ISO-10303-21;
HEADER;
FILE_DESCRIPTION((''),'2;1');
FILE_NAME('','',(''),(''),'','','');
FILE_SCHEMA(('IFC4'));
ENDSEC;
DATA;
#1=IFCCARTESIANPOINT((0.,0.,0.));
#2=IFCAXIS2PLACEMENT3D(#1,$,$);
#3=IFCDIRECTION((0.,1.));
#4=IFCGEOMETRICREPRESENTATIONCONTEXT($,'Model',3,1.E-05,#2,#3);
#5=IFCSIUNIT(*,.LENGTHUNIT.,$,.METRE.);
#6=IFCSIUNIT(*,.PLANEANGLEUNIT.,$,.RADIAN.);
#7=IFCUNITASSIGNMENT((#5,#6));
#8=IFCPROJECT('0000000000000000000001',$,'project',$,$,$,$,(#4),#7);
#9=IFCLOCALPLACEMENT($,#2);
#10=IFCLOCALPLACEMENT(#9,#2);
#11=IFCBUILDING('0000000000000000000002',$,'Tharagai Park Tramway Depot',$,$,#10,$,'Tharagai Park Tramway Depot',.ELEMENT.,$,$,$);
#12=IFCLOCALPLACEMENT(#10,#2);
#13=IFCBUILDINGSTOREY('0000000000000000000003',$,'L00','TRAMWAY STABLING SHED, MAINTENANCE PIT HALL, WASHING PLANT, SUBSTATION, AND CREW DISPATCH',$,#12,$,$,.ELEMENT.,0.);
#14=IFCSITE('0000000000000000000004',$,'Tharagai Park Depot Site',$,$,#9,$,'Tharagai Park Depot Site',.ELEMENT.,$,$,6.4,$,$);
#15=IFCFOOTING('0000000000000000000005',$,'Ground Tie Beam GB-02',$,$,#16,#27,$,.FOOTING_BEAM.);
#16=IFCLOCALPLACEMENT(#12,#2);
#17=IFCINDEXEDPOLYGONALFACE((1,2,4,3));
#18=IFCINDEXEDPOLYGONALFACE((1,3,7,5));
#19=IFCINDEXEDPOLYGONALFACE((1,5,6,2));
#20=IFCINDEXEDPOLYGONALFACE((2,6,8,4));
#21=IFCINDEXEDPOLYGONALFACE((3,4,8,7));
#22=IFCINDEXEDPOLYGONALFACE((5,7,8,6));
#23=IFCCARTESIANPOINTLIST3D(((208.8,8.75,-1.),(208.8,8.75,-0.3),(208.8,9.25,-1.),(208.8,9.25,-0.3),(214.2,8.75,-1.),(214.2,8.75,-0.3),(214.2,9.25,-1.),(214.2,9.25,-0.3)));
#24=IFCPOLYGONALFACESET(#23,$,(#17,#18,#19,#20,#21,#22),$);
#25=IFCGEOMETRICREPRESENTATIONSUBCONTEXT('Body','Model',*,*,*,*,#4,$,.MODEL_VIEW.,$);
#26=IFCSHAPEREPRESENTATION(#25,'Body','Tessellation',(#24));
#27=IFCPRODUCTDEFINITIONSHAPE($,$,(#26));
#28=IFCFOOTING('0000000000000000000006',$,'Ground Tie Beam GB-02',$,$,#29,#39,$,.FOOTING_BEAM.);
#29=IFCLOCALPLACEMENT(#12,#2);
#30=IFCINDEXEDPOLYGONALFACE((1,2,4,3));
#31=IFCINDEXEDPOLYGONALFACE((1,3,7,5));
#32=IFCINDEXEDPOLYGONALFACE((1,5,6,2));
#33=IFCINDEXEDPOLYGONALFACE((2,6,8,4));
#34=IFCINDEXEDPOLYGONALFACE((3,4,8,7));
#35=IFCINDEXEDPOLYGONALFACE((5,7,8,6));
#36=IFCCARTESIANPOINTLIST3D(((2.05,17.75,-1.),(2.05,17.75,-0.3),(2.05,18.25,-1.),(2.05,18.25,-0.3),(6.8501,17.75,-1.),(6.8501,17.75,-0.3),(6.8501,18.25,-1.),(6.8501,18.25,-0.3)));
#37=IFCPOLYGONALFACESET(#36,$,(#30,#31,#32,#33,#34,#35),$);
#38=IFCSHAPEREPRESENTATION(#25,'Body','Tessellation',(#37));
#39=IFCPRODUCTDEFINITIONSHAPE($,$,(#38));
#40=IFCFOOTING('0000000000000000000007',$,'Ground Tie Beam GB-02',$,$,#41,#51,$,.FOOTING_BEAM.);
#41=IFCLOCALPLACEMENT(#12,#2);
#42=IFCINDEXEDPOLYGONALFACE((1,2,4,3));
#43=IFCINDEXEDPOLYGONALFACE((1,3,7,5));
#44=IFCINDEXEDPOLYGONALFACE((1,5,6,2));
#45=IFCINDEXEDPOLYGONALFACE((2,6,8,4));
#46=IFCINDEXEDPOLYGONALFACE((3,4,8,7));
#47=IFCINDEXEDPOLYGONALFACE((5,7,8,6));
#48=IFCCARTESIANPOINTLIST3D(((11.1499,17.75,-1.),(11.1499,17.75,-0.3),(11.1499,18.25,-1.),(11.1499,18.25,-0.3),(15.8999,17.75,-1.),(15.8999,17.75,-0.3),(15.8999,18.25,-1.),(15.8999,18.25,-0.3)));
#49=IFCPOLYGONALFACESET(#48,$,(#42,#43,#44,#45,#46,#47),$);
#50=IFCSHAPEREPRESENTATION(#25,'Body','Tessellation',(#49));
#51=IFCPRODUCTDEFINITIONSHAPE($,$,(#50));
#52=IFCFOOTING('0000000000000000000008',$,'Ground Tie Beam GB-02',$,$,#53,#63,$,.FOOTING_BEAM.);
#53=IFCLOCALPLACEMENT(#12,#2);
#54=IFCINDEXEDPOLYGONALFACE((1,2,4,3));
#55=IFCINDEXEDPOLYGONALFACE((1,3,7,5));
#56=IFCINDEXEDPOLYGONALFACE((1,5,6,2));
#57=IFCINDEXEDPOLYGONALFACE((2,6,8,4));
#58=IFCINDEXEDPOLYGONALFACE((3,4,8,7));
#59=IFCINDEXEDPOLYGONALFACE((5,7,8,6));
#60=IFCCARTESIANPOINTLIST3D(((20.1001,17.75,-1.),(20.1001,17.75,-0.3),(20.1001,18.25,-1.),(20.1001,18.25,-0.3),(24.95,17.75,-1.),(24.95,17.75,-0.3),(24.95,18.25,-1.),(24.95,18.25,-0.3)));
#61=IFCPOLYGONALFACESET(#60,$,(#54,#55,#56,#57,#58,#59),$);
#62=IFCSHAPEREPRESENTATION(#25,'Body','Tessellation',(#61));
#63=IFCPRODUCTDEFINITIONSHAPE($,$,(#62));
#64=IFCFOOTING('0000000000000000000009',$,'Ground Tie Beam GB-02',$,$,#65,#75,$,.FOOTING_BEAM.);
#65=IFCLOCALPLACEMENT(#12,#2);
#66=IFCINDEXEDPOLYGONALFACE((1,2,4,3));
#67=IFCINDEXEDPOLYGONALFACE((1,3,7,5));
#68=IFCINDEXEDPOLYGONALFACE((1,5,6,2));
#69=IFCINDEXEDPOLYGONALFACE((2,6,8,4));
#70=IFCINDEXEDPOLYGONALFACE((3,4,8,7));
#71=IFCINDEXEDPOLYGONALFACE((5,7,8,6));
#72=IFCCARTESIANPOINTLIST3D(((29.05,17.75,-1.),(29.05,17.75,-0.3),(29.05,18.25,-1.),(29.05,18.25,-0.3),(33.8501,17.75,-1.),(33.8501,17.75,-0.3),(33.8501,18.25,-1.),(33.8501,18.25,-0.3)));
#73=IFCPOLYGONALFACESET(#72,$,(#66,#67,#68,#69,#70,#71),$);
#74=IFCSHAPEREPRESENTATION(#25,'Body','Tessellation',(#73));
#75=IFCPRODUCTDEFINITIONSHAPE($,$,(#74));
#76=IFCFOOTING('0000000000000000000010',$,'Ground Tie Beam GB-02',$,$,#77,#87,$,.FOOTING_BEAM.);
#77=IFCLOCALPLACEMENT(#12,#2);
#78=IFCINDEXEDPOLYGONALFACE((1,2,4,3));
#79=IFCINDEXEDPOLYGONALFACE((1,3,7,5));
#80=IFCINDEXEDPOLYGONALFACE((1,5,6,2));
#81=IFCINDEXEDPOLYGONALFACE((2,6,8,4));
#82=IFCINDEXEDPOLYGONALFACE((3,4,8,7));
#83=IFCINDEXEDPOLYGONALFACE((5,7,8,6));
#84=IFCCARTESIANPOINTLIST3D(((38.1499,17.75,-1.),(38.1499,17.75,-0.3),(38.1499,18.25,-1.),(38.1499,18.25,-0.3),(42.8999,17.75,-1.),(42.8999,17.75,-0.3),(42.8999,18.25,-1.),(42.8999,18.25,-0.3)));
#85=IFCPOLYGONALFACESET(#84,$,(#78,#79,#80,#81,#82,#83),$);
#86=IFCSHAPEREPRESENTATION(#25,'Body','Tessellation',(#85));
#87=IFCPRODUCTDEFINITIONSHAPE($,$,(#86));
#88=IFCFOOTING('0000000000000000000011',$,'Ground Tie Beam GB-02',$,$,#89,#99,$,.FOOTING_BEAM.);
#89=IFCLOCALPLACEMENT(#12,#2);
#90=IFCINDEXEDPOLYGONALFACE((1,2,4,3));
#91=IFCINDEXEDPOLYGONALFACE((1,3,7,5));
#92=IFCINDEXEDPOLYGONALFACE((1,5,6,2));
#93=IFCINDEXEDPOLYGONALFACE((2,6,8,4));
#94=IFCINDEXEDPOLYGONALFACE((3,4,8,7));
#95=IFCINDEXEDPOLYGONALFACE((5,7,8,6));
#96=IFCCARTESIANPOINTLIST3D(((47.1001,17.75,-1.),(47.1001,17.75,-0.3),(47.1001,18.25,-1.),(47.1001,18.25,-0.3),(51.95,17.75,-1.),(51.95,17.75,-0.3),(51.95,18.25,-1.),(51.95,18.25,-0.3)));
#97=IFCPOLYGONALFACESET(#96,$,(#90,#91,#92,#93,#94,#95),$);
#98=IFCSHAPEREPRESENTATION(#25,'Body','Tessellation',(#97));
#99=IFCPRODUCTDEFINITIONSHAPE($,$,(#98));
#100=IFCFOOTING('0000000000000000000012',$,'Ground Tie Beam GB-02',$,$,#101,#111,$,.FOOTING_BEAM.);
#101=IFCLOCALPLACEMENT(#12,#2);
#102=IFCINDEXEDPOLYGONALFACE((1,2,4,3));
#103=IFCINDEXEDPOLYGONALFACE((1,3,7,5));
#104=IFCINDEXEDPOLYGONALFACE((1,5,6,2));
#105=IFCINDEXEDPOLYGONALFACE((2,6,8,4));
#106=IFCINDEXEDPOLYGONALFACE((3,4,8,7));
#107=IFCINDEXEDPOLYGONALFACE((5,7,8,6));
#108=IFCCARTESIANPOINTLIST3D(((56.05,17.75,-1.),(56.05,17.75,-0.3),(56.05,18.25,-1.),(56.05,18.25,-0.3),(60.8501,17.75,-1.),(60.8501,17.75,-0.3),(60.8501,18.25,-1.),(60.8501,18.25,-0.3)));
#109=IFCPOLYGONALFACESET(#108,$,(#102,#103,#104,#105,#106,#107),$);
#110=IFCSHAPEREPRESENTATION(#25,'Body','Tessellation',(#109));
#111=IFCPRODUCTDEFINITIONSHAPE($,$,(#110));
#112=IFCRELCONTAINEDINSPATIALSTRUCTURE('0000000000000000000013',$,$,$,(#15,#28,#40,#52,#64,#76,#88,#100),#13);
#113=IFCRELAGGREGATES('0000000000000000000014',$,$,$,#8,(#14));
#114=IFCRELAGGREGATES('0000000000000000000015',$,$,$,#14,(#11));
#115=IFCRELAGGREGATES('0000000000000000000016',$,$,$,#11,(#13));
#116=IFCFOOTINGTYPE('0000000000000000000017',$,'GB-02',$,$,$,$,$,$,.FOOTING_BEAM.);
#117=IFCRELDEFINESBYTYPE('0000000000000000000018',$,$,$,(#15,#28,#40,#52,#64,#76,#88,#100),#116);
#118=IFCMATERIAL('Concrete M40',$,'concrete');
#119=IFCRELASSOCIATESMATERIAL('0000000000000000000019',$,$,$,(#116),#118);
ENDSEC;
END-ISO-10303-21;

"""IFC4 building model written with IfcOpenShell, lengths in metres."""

from ifc_helpers import new_model, si_unit, direction, frame, origin, place, context, subcontext, project, spatial, polyline, outline, extrude, material, type_object, element, save


model = new_model("IFC4")

# Units and contexts
model_context = context("Model", 3, precision=1e-05, world=origin(), true_north=direction((0.0, 1.0)))
body_context = subcontext(model_context, "Body", "Model", "MODEL_VIEW")
ifc_project = project(units=[si_unit("LENGTHUNIT", "METRE"), si_unit("PLANEANGLEUNIT", "RADIAN")], contexts=[model_context])

# Site, building, storey
site_placement = place(None, origin())
site = spatial("IfcSite", under=ifc_project, at=site_placement, Name="Tharagai Park Depot Site", LongName="Tharagai Park Depot Site", CompositionType="ELEMENT", RefElevation=6.4)
building_placement = place(site_placement, origin())
building = spatial("IfcBuilding", under=site, at=building_placement, Name="Tharagai Park Tramway Depot", LongName="Tharagai Park Tramway Depot", CompositionType="ELEMENT")
storey_placement = place(building_placement, origin())
storey = spatial("IfcBuildingStorey", under=building, at=storey_placement, Name="L00", Description="TRAMWAY STABLING SHED, MAINTENANCE PIT HALL, WASHING PLANT, SUBSTATION, AND CREW DISPATCH", CompositionType="ELEMENT", Elevation=0.0)

# Footings
ifc_material = material(Name="Concrete M40", Category="concrete")
footing_type = type_object("IfcFootingType", Name="GB-02", PredefinedType="FOOTING_BEAM", material=ifc_material)
footing_1_placement = place(storey_placement, frame((0.0, 0.0, -1.0)))
element("IfcFooting", 1, at=footing_1_placement, inside=storey, type_object=footing_type, Name="Ground Tie Beam GB-02", PredefinedType="FOOTING_BEAM", context=body_context, shape_type="SweptSolid", body=[
    extrude(outline(polyline([(208.8, 8.75), (214.2, 8.75), (214.2, 9.25), (208.8, 9.25), (208.8, 8.75)])), origin(), (0.0, 0.0, 1.0), 0.7),
])
footing_2_placement = place(storey_placement, frame((0.0, 0.0, -1.0)))
element("IfcFooting", 2, at=footing_2_placement, inside=storey, type_object=footing_type, Name="Ground Tie Beam GB-02", PredefinedType="FOOTING_BEAM", context=body_context, shape_type="SweptSolid", body=[
    extrude(outline(polyline([(2.05, 17.75), (6.8501, 17.75), (6.8501, 18.25), (2.05, 18.25), (2.05, 17.75)])), origin(), (0.0, 0.0, 1.0), 0.7),
])
footing_3_placement = place(storey_placement, frame((0.0, 0.0, -1.0)))
element("IfcFooting", 3, at=footing_3_placement, inside=storey, type_object=footing_type, Name="Ground Tie Beam GB-02", PredefinedType="FOOTING_BEAM", context=body_context, shape_type="SweptSolid", body=[
    extrude(outline(polyline([(11.1499, 17.75), (15.8999, 17.75), (15.8999, 18.25), (11.1499, 18.25), (11.1499, 17.75)])), origin(), (0.0, 0.0, 1.0), 0.7),
])
footing_4_placement = place(storey_placement, frame((0.0, 0.0, -1.0)))
element("IfcFooting", 4, at=footing_4_placement, inside=storey, type_object=footing_type, Name="Ground Tie Beam GB-02", PredefinedType="FOOTING_BEAM", context=body_context, shape_type="SweptSolid", body=[
    extrude(outline(polyline([(20.1001, 17.75), (24.95, 17.75), (24.95, 18.25), (20.1001, 18.25), (20.1001, 17.75)])), origin(), (0.0, 0.0, 1.0), 0.7),
])
footing_5_placement = place(storey_placement, frame((0.0, 0.0, -1.0)))
element("IfcFooting", 5, at=footing_5_placement, inside=storey, type_object=footing_type, Name="Ground Tie Beam GB-02", PredefinedType="FOOTING_BEAM", context=body_context, shape_type="SweptSolid", body=[
    extrude(outline(polyline([(29.05, 17.75), (33.8501, 17.75), (33.8501, 18.25), (29.05, 18.25), (29.05, 17.75)])), origin(), (0.0, 0.0, 1.0), 0.7),
])
footing_6_placement = place(storey_placement, frame((0.0, 0.0, -1.0)))
element("IfcFooting", 6, at=footing_6_placement, inside=storey, type_object=footing_type, Name="Ground Tie Beam GB-02", PredefinedType="FOOTING_BEAM", context=body_context, shape_type="SweptSolid", body=[
    extrude(outline(polyline([(38.1499, 17.75), (42.8999, 17.75), (42.8999, 18.25), (38.1499, 18.25), (38.1499, 17.75)])), origin(), (0.0, 0.0, 1.0), 0.7),
])
footing_7_placement = place(storey_placement, frame((0.0, 0.0, -1.0)))
element("IfcFooting", 7, at=footing_7_placement, inside=storey, type_object=footing_type, Name="Ground Tie Beam GB-02", PredefinedType="FOOTING_BEAM", context=body_context, shape_type="SweptSolid", body=[
    extrude(outline(polyline([(47.1001, 17.75), (51.95, 17.75), (51.95, 18.25), (47.1001, 18.25), (47.1001, 17.75)])), origin(), (0.0, 0.0, 1.0), 0.7),
])
footing_8_placement = place(storey_placement, frame((0.0, 0.0, -1.0)))
element("IfcFooting", 8, at=footing_8_placement, inside=storey, type_object=footing_type, Name="Ground Tie Beam GB-02", PredefinedType="FOOTING_BEAM", context=body_context, shape_type="SweptSolid", body=[
    extrude(outline(polyline([(56.05, 17.75), (60.8501, 17.75), (60.8501, 18.25), (56.05, 18.25), (56.05, 17.75)])), origin(), (0.0, 0.0, 1.0), 0.7),
])

save(model, "model.ifc")
